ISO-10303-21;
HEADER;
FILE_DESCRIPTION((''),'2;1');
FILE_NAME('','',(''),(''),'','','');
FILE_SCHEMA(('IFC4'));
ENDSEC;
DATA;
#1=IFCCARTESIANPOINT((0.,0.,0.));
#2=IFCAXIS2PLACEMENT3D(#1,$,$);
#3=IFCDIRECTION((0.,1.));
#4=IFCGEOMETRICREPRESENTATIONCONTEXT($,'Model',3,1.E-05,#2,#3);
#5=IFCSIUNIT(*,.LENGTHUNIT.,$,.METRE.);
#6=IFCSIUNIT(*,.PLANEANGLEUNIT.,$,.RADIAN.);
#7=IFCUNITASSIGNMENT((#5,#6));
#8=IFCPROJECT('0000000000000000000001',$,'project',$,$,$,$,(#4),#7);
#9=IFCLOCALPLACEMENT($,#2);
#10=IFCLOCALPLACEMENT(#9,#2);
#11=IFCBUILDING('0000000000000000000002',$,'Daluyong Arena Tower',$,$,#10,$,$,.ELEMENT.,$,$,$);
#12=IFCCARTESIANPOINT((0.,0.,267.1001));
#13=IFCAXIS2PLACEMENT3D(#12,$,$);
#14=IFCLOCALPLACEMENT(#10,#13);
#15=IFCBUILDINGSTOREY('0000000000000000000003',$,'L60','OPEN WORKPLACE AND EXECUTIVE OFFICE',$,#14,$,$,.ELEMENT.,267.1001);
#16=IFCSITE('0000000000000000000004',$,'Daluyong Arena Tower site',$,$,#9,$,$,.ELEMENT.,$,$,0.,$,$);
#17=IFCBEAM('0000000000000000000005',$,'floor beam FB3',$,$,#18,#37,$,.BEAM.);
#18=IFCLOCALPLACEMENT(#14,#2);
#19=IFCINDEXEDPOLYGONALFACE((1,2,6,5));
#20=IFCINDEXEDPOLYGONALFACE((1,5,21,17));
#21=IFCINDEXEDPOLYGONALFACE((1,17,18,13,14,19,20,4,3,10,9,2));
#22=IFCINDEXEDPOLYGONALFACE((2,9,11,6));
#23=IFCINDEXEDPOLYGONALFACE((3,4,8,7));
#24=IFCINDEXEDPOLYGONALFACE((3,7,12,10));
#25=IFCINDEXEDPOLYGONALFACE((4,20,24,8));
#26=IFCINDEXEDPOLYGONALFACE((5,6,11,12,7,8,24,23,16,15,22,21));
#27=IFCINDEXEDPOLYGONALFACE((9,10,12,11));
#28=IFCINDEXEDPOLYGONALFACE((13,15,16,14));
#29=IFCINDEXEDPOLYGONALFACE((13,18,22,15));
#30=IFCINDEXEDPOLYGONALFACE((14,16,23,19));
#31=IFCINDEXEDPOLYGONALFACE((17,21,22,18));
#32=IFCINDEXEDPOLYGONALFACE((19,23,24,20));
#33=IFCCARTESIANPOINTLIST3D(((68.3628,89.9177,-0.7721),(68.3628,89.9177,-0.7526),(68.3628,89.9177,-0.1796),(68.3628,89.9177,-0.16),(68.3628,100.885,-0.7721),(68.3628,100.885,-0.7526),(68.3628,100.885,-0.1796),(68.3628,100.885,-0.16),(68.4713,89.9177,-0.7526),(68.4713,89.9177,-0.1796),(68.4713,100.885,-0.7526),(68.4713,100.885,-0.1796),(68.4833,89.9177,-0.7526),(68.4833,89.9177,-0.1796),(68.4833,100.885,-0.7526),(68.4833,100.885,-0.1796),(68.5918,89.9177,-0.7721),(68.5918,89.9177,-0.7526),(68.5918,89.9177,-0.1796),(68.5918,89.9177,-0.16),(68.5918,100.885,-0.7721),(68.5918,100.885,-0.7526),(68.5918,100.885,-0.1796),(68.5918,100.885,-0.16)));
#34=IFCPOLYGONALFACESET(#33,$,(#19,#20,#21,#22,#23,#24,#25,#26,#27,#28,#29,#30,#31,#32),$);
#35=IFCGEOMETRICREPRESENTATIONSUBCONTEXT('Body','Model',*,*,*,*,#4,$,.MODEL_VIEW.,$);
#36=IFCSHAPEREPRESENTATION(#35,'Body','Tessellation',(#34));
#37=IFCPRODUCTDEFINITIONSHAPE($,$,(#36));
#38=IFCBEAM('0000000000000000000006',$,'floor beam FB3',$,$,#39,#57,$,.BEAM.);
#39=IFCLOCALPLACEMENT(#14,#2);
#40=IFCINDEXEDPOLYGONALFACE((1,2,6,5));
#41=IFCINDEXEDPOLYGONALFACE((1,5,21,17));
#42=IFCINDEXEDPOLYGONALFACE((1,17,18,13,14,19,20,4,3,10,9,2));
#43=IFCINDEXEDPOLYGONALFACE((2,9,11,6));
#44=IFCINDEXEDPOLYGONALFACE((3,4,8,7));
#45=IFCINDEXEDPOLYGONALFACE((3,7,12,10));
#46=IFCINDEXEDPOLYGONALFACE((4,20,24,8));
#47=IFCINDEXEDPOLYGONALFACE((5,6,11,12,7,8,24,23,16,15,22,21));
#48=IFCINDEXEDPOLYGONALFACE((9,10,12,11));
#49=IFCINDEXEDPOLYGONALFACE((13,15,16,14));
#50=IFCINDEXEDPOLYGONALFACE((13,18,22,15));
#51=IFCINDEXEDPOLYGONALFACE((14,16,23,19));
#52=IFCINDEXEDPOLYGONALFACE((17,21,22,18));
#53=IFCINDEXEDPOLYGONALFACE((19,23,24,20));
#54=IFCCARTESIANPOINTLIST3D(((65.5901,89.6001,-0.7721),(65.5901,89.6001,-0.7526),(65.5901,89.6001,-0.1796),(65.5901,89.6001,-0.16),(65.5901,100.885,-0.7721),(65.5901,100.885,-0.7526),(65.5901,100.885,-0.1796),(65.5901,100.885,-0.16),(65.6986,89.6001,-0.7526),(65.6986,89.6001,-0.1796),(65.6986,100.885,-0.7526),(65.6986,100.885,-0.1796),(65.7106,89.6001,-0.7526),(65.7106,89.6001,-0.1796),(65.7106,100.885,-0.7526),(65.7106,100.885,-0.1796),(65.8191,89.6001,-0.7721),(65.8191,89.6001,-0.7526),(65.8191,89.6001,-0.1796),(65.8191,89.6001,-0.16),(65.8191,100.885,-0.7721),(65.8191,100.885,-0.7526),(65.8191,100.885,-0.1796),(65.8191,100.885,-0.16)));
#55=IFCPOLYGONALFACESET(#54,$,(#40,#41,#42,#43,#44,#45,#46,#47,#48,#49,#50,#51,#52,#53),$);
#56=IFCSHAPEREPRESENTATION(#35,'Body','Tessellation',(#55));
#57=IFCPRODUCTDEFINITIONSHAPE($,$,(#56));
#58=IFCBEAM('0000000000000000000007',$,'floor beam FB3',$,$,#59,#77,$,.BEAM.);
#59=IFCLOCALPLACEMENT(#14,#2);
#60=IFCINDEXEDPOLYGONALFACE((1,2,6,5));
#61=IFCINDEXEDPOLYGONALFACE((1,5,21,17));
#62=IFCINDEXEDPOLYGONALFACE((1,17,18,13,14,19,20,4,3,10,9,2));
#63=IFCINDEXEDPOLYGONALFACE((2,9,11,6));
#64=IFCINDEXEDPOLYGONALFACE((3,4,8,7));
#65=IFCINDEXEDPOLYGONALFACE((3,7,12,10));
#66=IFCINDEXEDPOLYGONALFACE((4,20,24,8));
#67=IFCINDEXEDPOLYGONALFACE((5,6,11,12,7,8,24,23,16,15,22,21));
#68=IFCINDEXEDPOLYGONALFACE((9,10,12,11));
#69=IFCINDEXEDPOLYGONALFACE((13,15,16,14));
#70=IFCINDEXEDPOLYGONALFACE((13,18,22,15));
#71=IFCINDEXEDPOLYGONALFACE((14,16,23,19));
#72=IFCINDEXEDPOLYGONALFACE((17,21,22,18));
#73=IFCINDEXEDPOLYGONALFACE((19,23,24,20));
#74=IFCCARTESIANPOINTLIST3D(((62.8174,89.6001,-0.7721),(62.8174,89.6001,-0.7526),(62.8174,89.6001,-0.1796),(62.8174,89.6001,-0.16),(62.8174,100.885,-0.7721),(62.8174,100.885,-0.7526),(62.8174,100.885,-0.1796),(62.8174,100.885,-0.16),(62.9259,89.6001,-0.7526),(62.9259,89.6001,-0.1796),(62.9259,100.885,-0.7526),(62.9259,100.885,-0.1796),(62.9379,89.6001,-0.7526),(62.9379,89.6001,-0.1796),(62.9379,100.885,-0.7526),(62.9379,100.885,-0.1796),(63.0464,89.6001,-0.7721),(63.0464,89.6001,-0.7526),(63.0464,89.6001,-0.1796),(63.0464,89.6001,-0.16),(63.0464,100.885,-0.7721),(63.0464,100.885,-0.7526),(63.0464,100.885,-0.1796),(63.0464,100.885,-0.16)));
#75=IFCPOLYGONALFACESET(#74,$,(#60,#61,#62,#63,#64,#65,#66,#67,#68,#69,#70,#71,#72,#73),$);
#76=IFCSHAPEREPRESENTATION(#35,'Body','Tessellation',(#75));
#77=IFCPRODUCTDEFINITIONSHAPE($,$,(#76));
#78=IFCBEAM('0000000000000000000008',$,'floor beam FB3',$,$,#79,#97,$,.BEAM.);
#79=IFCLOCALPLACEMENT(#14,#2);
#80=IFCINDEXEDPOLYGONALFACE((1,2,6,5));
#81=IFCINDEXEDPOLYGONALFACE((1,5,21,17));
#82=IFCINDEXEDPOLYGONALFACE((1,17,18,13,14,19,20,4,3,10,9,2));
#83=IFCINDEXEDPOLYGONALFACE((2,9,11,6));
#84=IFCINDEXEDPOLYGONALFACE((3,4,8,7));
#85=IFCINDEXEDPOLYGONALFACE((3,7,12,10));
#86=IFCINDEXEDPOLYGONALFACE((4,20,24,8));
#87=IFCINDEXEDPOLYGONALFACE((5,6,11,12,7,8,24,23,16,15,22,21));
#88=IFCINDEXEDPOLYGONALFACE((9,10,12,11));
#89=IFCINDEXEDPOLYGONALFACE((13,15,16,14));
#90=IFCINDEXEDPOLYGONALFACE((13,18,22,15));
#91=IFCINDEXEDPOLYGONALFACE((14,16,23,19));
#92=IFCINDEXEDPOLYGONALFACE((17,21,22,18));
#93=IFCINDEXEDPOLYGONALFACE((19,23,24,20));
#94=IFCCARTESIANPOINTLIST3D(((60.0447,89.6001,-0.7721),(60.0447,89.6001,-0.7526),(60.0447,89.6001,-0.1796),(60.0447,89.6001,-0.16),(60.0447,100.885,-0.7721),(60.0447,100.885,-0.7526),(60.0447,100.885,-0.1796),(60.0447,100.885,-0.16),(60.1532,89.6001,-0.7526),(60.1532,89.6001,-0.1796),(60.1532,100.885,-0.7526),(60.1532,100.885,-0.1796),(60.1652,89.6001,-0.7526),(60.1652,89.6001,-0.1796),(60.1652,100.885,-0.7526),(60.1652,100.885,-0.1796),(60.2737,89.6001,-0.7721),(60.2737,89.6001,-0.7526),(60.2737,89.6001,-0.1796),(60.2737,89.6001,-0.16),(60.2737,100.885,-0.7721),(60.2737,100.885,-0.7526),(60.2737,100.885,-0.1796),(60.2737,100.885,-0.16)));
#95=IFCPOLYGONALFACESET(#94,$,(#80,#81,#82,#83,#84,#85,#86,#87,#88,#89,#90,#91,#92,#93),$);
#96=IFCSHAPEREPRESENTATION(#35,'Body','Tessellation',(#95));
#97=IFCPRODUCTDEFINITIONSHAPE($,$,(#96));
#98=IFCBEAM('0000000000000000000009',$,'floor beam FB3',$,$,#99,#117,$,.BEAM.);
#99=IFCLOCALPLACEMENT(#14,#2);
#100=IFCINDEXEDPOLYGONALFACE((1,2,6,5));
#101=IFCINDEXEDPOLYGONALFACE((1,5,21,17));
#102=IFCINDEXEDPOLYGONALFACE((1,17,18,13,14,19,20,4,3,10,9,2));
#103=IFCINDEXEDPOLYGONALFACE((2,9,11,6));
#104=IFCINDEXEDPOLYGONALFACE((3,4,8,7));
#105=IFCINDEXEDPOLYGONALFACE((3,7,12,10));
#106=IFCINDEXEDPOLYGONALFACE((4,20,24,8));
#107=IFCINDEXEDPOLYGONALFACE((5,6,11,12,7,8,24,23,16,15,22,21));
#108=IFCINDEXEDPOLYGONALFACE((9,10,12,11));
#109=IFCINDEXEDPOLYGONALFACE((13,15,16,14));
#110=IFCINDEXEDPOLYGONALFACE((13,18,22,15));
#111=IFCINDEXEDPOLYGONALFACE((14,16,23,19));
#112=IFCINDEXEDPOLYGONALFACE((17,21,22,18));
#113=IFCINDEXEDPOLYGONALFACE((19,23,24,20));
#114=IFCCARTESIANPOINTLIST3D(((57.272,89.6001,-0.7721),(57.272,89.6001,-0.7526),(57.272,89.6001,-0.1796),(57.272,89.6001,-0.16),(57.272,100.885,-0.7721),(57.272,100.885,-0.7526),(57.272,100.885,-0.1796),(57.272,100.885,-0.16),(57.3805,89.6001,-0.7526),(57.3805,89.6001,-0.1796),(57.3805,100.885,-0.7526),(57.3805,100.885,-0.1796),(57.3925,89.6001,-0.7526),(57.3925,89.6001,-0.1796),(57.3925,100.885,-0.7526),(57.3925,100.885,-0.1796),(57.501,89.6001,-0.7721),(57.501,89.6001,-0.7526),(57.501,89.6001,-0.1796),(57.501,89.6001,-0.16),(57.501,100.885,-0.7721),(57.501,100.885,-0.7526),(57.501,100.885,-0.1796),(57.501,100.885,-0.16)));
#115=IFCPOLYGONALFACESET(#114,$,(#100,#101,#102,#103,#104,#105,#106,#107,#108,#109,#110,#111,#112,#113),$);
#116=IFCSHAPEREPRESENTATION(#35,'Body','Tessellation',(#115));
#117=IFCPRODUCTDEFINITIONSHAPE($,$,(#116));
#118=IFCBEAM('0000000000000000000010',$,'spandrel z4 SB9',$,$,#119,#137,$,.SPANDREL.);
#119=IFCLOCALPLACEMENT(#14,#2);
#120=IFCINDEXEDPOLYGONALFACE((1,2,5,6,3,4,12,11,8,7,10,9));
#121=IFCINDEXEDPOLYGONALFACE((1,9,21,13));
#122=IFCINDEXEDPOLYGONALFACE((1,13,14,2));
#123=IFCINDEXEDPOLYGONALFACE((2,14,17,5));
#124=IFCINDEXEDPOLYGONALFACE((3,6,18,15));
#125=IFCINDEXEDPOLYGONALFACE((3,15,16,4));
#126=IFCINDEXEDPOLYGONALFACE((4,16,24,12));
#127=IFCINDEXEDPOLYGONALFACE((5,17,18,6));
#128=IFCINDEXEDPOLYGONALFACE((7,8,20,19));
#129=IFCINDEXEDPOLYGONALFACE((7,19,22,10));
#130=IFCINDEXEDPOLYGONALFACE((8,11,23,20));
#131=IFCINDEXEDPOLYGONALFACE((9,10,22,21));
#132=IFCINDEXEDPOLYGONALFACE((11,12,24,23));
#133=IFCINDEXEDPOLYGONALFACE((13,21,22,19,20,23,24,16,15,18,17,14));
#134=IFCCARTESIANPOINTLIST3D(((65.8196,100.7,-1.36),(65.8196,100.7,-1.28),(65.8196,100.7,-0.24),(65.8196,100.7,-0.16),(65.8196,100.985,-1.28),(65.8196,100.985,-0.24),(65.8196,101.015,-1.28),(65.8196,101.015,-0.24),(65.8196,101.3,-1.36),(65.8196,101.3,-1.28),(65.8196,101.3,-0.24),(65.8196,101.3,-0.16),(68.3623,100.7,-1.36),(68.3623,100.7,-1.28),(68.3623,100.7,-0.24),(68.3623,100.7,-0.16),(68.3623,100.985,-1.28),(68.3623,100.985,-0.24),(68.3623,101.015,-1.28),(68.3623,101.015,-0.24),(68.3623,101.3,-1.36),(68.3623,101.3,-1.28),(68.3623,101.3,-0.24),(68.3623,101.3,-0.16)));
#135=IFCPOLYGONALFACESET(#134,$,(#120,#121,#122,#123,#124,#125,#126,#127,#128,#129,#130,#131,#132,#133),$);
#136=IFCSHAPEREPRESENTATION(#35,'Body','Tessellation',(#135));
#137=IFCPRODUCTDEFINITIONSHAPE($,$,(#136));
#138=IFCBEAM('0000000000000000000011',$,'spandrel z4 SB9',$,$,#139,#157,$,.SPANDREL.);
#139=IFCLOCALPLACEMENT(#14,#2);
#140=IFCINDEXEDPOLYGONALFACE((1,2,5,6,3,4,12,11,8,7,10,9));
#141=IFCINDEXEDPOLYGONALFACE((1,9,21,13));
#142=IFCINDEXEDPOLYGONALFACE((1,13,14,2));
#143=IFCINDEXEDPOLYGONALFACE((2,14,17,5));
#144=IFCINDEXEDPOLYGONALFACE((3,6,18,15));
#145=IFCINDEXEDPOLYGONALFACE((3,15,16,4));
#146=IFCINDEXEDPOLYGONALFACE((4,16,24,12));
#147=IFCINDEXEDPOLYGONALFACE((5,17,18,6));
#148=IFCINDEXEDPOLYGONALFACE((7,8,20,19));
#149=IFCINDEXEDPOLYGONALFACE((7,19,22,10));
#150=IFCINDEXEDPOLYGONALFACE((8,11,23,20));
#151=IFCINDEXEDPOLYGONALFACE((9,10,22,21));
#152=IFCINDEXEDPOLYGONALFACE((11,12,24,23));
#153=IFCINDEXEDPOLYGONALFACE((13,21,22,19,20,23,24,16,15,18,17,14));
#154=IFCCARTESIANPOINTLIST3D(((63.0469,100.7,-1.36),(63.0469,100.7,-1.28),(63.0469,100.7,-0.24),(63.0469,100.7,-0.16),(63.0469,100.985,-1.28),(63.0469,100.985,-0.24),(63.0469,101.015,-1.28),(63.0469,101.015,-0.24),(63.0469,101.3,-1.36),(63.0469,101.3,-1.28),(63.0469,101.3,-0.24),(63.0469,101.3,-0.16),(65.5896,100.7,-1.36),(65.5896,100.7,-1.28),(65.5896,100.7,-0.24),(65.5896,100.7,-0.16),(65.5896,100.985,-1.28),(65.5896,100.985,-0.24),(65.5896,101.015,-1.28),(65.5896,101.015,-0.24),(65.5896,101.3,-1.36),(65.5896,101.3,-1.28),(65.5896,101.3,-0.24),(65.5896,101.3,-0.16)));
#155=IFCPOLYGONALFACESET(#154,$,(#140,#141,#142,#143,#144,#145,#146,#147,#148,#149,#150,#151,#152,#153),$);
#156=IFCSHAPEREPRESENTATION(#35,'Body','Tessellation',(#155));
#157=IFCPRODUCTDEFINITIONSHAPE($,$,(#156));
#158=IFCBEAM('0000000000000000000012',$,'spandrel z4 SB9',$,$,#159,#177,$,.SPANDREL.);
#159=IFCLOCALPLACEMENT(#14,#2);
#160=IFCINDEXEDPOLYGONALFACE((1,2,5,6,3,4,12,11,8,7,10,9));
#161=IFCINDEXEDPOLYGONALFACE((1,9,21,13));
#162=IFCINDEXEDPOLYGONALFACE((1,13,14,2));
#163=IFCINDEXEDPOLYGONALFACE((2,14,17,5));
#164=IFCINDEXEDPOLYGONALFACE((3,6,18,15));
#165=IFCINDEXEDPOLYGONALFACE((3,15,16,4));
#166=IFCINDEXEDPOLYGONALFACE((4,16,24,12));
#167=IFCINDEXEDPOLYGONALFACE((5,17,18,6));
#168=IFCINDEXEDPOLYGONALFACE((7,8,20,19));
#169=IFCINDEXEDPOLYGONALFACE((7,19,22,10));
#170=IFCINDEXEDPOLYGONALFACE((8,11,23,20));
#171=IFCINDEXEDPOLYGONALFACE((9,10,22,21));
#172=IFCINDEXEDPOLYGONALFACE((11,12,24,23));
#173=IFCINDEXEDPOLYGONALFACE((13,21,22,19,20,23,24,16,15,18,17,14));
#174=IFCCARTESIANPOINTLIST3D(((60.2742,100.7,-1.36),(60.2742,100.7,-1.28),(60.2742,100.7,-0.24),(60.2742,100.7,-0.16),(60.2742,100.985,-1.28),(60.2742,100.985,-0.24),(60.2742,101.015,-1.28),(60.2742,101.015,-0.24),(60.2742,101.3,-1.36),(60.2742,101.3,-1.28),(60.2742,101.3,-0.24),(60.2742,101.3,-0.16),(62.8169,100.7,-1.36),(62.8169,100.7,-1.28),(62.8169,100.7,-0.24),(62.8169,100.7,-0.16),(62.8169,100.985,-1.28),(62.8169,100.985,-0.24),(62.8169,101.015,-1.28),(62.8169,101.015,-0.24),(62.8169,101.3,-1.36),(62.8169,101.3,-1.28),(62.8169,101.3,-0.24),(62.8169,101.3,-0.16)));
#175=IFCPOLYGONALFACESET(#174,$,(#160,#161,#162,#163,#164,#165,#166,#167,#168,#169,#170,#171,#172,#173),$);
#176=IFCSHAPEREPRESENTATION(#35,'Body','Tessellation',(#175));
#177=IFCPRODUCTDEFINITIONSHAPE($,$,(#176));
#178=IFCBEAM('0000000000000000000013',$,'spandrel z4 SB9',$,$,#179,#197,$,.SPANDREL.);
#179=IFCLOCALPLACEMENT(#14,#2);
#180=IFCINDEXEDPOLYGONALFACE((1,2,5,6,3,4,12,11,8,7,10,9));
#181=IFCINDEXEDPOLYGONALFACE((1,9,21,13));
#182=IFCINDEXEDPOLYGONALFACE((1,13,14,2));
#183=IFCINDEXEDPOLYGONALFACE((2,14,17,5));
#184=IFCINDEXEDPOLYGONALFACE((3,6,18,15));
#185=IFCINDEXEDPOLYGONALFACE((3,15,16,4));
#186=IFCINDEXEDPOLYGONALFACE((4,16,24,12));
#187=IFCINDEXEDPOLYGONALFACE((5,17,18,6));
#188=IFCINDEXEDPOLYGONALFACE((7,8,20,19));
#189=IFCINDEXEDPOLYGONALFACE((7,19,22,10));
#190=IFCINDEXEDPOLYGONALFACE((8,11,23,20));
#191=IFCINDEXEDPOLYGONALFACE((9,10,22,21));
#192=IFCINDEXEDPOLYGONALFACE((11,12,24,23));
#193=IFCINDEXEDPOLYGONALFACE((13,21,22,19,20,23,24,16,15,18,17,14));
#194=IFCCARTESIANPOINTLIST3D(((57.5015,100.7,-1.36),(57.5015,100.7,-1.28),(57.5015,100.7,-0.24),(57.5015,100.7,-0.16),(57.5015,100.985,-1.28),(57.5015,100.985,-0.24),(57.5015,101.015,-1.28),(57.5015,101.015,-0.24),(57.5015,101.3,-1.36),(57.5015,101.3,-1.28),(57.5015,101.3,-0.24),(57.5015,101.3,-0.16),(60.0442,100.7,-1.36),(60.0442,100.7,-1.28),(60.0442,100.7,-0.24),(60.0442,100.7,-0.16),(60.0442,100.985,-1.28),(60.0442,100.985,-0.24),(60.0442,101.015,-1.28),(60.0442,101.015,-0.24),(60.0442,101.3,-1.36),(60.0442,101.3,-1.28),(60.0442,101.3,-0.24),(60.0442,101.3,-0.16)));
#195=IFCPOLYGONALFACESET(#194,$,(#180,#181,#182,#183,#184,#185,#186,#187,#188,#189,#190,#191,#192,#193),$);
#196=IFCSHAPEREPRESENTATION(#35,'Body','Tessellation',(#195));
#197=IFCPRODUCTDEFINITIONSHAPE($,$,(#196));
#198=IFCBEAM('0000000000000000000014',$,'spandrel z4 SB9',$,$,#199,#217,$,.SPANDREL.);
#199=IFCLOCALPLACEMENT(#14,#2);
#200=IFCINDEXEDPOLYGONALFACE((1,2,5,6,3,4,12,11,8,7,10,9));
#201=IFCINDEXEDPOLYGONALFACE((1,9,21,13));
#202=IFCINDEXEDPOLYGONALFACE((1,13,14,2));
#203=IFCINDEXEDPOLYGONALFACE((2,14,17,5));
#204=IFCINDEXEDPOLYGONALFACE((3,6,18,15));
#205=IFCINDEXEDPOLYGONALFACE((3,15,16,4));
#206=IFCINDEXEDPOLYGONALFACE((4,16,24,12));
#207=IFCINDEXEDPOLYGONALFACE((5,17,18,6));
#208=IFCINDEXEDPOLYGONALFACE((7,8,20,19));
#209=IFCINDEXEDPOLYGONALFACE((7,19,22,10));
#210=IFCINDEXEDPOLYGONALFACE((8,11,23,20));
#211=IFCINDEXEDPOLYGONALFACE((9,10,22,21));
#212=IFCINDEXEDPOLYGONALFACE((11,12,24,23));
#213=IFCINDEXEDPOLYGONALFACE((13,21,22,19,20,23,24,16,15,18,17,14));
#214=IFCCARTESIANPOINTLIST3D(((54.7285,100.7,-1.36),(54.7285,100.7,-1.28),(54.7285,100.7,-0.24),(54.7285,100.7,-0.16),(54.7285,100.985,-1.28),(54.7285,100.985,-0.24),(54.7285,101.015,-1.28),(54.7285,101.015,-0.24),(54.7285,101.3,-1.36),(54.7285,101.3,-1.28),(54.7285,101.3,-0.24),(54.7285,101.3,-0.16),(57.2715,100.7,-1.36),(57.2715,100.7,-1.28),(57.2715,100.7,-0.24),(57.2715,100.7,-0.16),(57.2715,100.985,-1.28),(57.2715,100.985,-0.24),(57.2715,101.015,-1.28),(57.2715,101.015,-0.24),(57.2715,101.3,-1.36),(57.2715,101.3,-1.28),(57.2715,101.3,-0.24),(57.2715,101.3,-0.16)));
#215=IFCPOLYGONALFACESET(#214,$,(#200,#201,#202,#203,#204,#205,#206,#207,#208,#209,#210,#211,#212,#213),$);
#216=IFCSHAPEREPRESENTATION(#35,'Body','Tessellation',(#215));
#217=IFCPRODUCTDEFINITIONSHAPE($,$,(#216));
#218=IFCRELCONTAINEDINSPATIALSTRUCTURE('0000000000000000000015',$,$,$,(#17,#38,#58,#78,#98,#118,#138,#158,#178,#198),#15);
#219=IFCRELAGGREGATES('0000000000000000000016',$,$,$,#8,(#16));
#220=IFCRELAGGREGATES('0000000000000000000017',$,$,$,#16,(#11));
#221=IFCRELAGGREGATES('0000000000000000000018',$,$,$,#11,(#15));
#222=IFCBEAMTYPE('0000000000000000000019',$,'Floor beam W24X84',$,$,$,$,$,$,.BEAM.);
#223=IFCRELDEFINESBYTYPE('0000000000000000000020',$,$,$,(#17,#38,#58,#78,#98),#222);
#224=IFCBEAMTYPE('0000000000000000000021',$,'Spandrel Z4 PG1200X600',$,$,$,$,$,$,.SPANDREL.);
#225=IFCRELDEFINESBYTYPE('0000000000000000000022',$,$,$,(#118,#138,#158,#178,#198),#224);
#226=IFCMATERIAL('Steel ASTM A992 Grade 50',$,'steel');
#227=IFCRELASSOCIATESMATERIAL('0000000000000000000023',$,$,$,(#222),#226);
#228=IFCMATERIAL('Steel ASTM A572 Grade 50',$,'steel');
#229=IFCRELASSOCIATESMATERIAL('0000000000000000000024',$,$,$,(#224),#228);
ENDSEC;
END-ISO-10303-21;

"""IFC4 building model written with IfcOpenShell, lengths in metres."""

from ifc_helpers import new_model, si_unit, direction, frame, origin, origin_2d, place, context, subcontext, project, spatial, i_section, extrude, material, material_profile, profile_set, type_object, element, save


model = new_model("IFC4")

# Units and contexts
model_context = context("Model", 3, precision=1e-05, world=origin(), true_north=direction((0.0, 1.0)))
body_context = subcontext(model_context, "Body", "Model", "MODEL_VIEW")
ifc_project = project(units=[si_unit("LENGTHUNIT", "METRE"), si_unit("PLANEANGLEUNIT", "RADIAN")], contexts=[model_context])

# Site, building, storey
site_placement = place(None, origin())
site = spatial("IfcSite", under=ifc_project, at=site_placement, Name="Daluyong Arena Tower site", CompositionType="ELEMENT", RefElevation=0.0)
building_placement = place(site_placement, origin())
building = spatial("IfcBuilding", under=site, at=building_placement, Name="Daluyong Arena Tower", CompositionType="ELEMENT")
storey_placement = place(building_placement, frame((0.0, 0.0, 267.1001)))
storey = spatial("IfcBuildingStorey", under=building, at=storey_placement, Name="L60", Description="OPEN WORKPLACE AND EXECUTIVE OFFICE", CompositionType="ELEMENT", Elevation=267.1001)

# Beams
ifc_material_1 = material(Name="Steel ASTM A992 Grade 50", Category="steel")
ifc_material_profile_1 = material_profile(ifc_material_1, i_section(OverallWidth=0.229, OverallDepth=0.6121, WebThickness=0.012, FlangeThickness=0.0195, at=origin_2d()))
ifc_profile_set_1 = profile_set([ifc_material_profile_1], Name="Steel ASTM A992 Grade 50")
beam_type_1 = type_object("IfcBeamType", Name="Floor beam W24X84", PredefinedType="BEAM", material=ifc_profile_set_1)
beam_1_placement = place(storey_placement, frame((68.4773, 100.885, -0.4661), z_axis=(0.0, -1.0, 0.0), x_axis=(1.0, 0.0, 0.0)))
element("IfcBeam", 1, at=beam_1_placement, inside=storey, type_object=beam_type_1, Name="floor beam FB3", PredefinedType="BEAM", context=body_context, shape_type="SweptSolid", body=[
    extrude(i_section(OverallWidth=0.229, OverallDepth=0.6121, WebThickness=0.012, FlangeThickness=0.0195, at=origin_2d()), origin(), (0.0, 0.0, 1.0), 10.9673),
])
for number, where, z_axis, x_axis, name in (
    (2, (65.7046, 100.885, -0.4661), (0.0, -1.0, 0.0), (1.0, 0.0, 0.0), "floor beam FB3"),
    (3, (62.9319, 100.885, -0.4661), (0.0, -1.0, 0.0), (1.0, 0.0, 0.0), "floor beam FB3"),
    (4, (60.1592, 100.885, -0.4661), (0.0, -1.0, 0.0), (1.0, 0.0, 0.0), "floor beam FB3"),
    (5, (57.3865, 100.885, -0.4661), (0.0, -1.0, 0.0), (1.0, 0.0, 0.0), "floor beam FB3"),
):
    element("IfcBeam", number, at=place(storey_placement, frame(where, z_axis=z_axis, x_axis=x_axis)), inside=storey, type_object=beam_type_1, Name=name, PredefinedType="BEAM", context=body_context, shape_type="SweptSolid", body=[
        extrude(i_section(OverallWidth=0.229, OverallDepth=0.6121, WebThickness=0.012, FlangeThickness=0.0195, at=origin_2d()), origin(), (0.0, 0.0, 1.0), 11.2849),
    ])
ifc_material_2 = material(Name="Steel ASTM A572 Grade 50", Category="steel")
ifc_material_profile_2 = material_profile(ifc_material_2, i_section(OverallWidth=0.6001, OverallDepth=1.2, WebThickness=0.03, FlangeThickness=0.08, at=origin_2d()))
ifc_profile_set_2 = profile_set([ifc_material_profile_2], Name="Steel ASTM A572 Grade 50")
beam_type_2 = type_object("IfcBeamType", Name="Spandrel Z4 PG1200X600", PredefinedType="SPANDREL", material=ifc_profile_set_2)
for number, where, z_axis, x_axis, name in (
    (6, (68.3623, 101.0, -0.76), (-1.0, 0.0, 0.0), (0.0, -1.0, 0.0), "spandrel z4 SB9"),
    (7, (65.5896, 101.0, -0.76), (-1.0, 0.0, 0.0), (0.0, -1.0, 0.0), "spandrel z4 SB9"),
    (8, (62.8169, 101.0, -0.76), (-1.0, 0.0, 0.0), (0.0, -1.0, 0.0), "spandrel z4 SB9"),
    (9, (60.0442, 101.0, -0.76), (-1.0, 0.0, 0.0), (0.0, -1.0, 0.0), "spandrel z4 SB9"),
):
    element("IfcBeam", number, at=place(storey_placement, frame(where, z_axis=z_axis, x_axis=x_axis)), inside=storey, type_object=beam_type_2, Name=name, PredefinedType="SPANDREL", context=body_context, shape_type="SweptSolid", body=[
        extrude(i_section(OverallWidth=0.6001, OverallDepth=1.2, WebThickness=0.03, FlangeThickness=0.08, at=origin_2d()), origin(), (0.0, 0.0, 1.0), 2.5427),
    ])
beam_2_placement = place(storey_placement, frame((57.2715, 101.0, -0.76), z_axis=(-1.0, 0.0, 0.0), x_axis=(0.0, -1.0, 0.0)))
element("IfcBeam", 10, at=beam_2_placement, inside=storey, type_object=beam_type_2, Name="spandrel z4 SB9", PredefinedType="SPANDREL", context=body_context, shape_type="SweptSolid", body=[
    extrude(i_section(OverallWidth=0.6001, OverallDepth=1.2, WebThickness=0.03, FlangeThickness=0.08, at=origin_2d()), origin(), (0.0, 0.0, 1.0), 2.543),
])

save(model, "model.ifc")
